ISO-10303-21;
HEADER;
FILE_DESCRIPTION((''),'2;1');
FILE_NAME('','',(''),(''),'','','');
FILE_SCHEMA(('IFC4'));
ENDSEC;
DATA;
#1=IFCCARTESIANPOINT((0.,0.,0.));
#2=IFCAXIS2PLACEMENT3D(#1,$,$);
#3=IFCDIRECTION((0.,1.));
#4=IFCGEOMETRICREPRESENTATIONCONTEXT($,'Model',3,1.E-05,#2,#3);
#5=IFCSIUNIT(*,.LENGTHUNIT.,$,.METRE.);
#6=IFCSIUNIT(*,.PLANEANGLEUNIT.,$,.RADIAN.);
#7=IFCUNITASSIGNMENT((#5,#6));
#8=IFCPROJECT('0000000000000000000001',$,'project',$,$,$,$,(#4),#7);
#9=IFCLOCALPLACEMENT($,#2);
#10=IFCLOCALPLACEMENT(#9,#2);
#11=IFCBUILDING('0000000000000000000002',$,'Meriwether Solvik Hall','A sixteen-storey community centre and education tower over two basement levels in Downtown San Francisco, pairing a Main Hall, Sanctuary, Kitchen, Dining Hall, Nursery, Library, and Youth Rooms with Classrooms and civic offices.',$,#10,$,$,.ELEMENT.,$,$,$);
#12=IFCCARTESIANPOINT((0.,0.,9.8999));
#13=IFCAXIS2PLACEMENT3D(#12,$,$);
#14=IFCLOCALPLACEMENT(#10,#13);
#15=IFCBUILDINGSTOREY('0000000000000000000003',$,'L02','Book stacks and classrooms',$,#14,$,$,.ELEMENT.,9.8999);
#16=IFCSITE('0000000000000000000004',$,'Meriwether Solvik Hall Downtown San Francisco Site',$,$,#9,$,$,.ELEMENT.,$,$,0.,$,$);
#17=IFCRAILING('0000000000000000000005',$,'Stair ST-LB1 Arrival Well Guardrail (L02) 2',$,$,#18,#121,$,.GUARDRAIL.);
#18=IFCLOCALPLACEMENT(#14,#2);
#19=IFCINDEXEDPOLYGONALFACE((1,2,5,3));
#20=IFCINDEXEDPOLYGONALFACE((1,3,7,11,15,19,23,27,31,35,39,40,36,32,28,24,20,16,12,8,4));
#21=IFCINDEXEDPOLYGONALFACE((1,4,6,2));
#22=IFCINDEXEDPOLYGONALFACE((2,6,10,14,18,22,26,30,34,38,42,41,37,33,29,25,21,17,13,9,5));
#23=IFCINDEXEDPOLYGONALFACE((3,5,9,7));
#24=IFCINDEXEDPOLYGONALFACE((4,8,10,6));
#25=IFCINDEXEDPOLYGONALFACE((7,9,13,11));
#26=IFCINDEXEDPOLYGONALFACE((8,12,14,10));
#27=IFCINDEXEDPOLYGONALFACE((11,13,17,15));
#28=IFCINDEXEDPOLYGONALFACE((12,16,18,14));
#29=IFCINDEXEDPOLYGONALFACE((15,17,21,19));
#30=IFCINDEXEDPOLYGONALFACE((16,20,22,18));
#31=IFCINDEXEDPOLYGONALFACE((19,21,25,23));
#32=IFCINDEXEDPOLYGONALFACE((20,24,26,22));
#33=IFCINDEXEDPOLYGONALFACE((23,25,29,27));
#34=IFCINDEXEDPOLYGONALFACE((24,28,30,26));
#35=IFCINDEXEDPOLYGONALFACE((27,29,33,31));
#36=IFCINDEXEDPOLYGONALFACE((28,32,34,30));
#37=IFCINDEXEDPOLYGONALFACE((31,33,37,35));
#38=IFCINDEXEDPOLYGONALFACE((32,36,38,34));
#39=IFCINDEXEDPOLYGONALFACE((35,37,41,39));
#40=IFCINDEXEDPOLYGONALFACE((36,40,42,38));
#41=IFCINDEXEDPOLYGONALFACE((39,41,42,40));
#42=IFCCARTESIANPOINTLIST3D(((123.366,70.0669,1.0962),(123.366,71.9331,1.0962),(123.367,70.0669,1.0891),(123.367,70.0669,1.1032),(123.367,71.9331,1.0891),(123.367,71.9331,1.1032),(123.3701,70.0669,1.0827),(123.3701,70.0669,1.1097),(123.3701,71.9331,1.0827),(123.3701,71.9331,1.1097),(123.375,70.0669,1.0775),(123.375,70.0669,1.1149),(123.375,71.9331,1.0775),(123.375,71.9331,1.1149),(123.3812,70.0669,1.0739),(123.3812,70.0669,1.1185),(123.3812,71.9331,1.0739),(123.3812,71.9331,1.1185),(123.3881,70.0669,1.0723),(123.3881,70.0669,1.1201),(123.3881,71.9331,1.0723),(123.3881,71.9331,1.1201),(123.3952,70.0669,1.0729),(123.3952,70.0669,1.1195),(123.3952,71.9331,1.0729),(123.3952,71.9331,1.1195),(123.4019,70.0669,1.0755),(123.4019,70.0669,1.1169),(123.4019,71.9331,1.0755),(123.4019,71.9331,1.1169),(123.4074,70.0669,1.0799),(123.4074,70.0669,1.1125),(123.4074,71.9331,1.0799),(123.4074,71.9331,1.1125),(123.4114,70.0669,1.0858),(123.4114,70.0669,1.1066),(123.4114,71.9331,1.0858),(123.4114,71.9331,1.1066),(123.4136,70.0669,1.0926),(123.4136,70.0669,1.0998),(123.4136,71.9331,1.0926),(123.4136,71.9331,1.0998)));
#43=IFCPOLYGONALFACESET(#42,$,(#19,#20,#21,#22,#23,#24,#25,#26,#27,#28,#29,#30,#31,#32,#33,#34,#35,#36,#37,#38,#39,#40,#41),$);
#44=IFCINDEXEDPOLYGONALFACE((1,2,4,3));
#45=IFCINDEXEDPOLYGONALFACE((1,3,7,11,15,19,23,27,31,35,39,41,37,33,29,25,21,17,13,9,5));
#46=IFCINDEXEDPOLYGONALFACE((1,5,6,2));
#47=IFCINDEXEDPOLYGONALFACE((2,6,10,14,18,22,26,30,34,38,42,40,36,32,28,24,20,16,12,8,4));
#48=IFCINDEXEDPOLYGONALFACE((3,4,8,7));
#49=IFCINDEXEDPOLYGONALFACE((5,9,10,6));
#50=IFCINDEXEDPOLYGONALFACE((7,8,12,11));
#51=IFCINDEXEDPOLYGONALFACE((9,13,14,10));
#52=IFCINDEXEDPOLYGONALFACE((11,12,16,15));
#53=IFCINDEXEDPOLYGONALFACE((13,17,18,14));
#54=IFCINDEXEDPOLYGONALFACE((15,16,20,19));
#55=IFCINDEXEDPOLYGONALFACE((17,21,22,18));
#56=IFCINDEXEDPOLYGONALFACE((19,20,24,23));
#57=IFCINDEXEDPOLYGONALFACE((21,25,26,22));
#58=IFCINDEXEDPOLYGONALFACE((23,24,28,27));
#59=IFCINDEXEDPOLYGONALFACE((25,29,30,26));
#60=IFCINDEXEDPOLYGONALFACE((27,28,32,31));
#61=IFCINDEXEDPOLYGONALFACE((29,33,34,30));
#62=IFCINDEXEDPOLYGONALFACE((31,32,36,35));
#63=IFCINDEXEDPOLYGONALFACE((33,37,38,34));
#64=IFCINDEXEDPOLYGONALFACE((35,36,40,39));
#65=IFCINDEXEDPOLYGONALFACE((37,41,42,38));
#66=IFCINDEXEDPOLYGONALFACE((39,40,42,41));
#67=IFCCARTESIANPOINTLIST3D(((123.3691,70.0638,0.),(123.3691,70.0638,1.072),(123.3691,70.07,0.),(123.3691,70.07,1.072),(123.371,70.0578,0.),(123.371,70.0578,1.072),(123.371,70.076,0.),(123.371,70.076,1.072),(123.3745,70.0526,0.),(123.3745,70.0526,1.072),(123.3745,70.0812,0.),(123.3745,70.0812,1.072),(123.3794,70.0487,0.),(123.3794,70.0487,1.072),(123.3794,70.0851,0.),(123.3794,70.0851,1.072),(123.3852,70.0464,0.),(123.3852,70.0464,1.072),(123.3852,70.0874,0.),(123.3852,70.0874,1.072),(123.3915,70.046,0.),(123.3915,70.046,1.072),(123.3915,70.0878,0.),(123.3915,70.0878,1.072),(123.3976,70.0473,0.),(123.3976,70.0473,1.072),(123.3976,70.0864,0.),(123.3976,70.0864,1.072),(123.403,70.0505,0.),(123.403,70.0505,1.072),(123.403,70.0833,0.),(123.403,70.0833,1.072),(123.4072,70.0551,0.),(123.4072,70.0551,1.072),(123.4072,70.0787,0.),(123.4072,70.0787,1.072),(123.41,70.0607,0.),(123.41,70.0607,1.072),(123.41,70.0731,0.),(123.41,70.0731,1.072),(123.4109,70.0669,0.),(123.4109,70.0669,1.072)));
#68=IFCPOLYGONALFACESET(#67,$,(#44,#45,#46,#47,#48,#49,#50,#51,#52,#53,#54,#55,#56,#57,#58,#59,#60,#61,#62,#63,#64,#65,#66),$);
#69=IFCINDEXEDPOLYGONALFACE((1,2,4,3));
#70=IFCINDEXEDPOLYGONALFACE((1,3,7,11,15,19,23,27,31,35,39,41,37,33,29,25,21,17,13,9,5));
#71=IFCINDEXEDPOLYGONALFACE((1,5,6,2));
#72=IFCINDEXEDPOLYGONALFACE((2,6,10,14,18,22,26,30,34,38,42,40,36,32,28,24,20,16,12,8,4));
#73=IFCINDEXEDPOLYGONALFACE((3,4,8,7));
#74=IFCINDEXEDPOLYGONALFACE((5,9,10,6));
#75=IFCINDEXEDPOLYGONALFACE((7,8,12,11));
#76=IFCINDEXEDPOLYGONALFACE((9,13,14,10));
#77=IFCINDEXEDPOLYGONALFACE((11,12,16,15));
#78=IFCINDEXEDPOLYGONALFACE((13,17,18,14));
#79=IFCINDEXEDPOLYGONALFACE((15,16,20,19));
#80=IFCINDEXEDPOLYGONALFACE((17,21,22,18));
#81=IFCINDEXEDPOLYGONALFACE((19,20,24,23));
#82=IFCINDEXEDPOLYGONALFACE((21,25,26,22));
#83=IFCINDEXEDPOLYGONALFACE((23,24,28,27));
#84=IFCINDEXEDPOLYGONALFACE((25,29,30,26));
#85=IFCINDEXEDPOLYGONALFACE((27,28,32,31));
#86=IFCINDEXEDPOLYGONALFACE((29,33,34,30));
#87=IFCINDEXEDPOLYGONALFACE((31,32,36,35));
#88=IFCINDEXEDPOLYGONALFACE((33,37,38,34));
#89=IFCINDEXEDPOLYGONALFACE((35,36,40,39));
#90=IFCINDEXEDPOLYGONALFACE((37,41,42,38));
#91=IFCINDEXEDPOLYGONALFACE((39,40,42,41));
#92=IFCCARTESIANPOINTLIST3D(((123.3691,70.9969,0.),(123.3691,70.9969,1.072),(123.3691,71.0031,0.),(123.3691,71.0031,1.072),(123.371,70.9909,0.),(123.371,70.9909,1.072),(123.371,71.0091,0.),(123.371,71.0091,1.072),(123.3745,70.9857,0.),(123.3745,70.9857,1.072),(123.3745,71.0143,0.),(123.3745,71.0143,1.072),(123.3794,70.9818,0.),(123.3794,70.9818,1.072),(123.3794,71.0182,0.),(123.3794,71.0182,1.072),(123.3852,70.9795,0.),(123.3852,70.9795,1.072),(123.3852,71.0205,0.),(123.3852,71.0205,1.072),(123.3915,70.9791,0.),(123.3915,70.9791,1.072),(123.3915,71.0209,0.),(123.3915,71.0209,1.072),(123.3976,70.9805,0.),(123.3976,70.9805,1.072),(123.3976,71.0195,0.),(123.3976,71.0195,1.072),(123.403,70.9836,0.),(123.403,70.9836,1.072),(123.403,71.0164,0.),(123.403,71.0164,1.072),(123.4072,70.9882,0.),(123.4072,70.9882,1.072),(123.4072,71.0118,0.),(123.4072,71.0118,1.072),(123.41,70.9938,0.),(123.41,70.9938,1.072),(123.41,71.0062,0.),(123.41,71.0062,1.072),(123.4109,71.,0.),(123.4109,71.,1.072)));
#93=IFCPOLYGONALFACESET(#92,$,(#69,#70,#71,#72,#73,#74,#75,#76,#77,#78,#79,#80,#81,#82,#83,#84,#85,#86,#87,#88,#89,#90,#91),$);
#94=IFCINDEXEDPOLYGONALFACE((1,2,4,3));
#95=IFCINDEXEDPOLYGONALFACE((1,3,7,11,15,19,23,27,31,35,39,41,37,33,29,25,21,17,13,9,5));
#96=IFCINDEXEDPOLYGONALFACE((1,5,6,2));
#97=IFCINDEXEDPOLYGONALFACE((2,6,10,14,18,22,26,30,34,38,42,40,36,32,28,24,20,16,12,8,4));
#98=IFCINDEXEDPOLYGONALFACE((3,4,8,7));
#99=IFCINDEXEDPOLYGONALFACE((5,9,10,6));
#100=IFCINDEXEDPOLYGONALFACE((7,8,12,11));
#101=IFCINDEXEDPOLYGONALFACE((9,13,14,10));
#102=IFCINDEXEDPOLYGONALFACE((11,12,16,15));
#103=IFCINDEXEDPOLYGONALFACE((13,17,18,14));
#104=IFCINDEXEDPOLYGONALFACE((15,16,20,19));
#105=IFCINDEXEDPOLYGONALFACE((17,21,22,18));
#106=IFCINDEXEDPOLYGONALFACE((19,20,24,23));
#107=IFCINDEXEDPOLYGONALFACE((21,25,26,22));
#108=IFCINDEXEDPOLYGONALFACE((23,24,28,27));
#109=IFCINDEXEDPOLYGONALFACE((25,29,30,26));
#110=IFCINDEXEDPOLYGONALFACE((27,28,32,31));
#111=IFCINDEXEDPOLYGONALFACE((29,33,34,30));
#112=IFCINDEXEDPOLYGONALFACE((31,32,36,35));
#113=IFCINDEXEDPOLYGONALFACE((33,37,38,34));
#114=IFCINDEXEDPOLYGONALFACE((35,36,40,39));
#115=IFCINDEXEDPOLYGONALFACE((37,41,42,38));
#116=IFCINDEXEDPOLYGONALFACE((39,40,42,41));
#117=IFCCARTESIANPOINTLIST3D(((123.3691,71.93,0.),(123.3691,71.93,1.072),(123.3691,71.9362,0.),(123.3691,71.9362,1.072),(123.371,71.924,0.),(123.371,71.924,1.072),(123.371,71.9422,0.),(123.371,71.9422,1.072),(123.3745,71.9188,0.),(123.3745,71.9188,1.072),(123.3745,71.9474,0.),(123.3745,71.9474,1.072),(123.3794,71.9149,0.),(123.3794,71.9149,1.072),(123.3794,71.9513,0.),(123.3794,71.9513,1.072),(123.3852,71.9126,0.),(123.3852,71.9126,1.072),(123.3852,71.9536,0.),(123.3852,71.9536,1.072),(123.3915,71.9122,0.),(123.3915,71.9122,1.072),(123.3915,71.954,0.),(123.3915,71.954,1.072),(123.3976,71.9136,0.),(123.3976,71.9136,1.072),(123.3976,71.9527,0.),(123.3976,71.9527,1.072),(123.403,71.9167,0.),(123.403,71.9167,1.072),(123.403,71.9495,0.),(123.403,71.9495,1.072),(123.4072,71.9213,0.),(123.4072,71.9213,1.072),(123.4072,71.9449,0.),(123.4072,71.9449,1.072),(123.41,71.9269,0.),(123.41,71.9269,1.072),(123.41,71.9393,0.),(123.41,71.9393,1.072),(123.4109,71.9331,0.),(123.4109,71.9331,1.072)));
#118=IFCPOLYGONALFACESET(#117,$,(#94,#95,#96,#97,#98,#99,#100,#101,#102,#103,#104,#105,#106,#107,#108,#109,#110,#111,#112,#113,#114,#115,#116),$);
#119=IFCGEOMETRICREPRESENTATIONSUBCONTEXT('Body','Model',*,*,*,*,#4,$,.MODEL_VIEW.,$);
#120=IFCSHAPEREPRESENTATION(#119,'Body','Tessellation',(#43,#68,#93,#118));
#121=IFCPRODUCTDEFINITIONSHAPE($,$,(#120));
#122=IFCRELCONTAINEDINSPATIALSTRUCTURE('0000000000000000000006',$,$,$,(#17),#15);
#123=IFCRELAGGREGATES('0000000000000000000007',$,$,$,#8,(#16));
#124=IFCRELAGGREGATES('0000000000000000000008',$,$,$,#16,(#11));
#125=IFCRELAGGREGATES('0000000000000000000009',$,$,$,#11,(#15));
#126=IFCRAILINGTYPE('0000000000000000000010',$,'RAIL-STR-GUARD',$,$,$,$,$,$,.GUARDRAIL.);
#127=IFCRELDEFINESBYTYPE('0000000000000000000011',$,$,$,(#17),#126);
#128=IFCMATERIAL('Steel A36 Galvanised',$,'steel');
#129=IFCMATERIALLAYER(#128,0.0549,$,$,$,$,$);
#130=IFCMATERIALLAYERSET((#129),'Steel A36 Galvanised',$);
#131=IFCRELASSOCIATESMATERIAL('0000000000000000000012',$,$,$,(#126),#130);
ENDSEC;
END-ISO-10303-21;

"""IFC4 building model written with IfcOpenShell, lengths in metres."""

from ifc_helpers import new_model, si_unit, direction, frame, origin, origin_2d, place, context, subcontext, project, spatial, circle, extrude, material, layer, layer_set, type_object, element, save


model = new_model("IFC4")

# Units and contexts
model_context = context("Model", 3, precision=1e-05, world=origin(), true_north=direction((0.0, 1.0)))
body_context = subcontext(model_context, "Body", "Model", "MODEL_VIEW")
ifc_project = project(units=[si_unit("LENGTHUNIT", "METRE"), si_unit("PLANEANGLEUNIT", "RADIAN")], contexts=[model_context])

# Site, building, storey
site_placement = place(None, origin())
site = spatial("IfcSite", under=ifc_project, at=site_placement, Name="Meriwether Solvik Hall Downtown San Francisco Site", CompositionType="ELEMENT", RefElevation=0.0)
building_placement = place(site_placement, origin())
building = spatial("IfcBuilding", under=site, at=building_placement, Name="Meriwether Solvik Hall", Description="A sixteen-storey community centre and education tower over two basement levels in Downtown San Francisco, pairing a Main Hall, Sanctuary, Kitchen, Dining Hall, Nursery, Library, and Youth Rooms with Classrooms and civic offices.", CompositionType="ELEMENT")
storey_placement = place(building_placement, frame((0.0, 0.0, 9.8999)))
storey = spatial("IfcBuildingStorey", under=building, at=storey_placement, Name="L02", Description="Book stacks and classrooms", CompositionType="ELEMENT", Elevation=9.8999)

# Railing
ifc_material_1 = material(Name="Steel A36 Galvanised", Category="steel")
ifc_layer_1 = layer(ifc_material_1, 0.0549)
ifc_layer_set_1 = layer_set([ifc_layer_1], Name="Steel A36 Galvanised")
railing_type = type_object("IfcRailingType", Name="RAIL-STR-GUARD", PredefinedType="GUARDRAIL", material=ifc_layer_set_1)
railing_1_placement = place(storey_placement, frame((123.3899, 70.0669, 0.0)))
element("IfcRailing", 1, at=railing_1_placement, inside=storey, type_object=railing_type, Name="Stair ST-LB1 Arrival Well Guardrail (L02) 2", PredefinedType="GUARDRAIL", context=body_context, shape_type="SweptSolid", body=[
    extrude(circle(Radius=0.0239, at=origin_2d()), frame((0.0, 0.0, 1.0962), z_axis=(0.0, 1.0, 0.0), x_axis=(-1.0, 0.0, 0.0)), (0.0, 0.0, 1.0), 1.8662),
    extrude(circle(Radius=0.021, at=origin_2d()), origin(), (0.0, 0.0, 1.0), 1.072),
    extrude(circle(Radius=0.021, at=origin_2d()), frame((0.0, 0.9331, 0.0)), (0.0, 0.0, 1.0), 1.072),
    extrude(circle(Radius=0.021, at=origin_2d()), frame((0.0, 1.8662, 0.0)), (0.0, 0.0, 1.0), 1.072),
])

save(model, "model.ifc")
